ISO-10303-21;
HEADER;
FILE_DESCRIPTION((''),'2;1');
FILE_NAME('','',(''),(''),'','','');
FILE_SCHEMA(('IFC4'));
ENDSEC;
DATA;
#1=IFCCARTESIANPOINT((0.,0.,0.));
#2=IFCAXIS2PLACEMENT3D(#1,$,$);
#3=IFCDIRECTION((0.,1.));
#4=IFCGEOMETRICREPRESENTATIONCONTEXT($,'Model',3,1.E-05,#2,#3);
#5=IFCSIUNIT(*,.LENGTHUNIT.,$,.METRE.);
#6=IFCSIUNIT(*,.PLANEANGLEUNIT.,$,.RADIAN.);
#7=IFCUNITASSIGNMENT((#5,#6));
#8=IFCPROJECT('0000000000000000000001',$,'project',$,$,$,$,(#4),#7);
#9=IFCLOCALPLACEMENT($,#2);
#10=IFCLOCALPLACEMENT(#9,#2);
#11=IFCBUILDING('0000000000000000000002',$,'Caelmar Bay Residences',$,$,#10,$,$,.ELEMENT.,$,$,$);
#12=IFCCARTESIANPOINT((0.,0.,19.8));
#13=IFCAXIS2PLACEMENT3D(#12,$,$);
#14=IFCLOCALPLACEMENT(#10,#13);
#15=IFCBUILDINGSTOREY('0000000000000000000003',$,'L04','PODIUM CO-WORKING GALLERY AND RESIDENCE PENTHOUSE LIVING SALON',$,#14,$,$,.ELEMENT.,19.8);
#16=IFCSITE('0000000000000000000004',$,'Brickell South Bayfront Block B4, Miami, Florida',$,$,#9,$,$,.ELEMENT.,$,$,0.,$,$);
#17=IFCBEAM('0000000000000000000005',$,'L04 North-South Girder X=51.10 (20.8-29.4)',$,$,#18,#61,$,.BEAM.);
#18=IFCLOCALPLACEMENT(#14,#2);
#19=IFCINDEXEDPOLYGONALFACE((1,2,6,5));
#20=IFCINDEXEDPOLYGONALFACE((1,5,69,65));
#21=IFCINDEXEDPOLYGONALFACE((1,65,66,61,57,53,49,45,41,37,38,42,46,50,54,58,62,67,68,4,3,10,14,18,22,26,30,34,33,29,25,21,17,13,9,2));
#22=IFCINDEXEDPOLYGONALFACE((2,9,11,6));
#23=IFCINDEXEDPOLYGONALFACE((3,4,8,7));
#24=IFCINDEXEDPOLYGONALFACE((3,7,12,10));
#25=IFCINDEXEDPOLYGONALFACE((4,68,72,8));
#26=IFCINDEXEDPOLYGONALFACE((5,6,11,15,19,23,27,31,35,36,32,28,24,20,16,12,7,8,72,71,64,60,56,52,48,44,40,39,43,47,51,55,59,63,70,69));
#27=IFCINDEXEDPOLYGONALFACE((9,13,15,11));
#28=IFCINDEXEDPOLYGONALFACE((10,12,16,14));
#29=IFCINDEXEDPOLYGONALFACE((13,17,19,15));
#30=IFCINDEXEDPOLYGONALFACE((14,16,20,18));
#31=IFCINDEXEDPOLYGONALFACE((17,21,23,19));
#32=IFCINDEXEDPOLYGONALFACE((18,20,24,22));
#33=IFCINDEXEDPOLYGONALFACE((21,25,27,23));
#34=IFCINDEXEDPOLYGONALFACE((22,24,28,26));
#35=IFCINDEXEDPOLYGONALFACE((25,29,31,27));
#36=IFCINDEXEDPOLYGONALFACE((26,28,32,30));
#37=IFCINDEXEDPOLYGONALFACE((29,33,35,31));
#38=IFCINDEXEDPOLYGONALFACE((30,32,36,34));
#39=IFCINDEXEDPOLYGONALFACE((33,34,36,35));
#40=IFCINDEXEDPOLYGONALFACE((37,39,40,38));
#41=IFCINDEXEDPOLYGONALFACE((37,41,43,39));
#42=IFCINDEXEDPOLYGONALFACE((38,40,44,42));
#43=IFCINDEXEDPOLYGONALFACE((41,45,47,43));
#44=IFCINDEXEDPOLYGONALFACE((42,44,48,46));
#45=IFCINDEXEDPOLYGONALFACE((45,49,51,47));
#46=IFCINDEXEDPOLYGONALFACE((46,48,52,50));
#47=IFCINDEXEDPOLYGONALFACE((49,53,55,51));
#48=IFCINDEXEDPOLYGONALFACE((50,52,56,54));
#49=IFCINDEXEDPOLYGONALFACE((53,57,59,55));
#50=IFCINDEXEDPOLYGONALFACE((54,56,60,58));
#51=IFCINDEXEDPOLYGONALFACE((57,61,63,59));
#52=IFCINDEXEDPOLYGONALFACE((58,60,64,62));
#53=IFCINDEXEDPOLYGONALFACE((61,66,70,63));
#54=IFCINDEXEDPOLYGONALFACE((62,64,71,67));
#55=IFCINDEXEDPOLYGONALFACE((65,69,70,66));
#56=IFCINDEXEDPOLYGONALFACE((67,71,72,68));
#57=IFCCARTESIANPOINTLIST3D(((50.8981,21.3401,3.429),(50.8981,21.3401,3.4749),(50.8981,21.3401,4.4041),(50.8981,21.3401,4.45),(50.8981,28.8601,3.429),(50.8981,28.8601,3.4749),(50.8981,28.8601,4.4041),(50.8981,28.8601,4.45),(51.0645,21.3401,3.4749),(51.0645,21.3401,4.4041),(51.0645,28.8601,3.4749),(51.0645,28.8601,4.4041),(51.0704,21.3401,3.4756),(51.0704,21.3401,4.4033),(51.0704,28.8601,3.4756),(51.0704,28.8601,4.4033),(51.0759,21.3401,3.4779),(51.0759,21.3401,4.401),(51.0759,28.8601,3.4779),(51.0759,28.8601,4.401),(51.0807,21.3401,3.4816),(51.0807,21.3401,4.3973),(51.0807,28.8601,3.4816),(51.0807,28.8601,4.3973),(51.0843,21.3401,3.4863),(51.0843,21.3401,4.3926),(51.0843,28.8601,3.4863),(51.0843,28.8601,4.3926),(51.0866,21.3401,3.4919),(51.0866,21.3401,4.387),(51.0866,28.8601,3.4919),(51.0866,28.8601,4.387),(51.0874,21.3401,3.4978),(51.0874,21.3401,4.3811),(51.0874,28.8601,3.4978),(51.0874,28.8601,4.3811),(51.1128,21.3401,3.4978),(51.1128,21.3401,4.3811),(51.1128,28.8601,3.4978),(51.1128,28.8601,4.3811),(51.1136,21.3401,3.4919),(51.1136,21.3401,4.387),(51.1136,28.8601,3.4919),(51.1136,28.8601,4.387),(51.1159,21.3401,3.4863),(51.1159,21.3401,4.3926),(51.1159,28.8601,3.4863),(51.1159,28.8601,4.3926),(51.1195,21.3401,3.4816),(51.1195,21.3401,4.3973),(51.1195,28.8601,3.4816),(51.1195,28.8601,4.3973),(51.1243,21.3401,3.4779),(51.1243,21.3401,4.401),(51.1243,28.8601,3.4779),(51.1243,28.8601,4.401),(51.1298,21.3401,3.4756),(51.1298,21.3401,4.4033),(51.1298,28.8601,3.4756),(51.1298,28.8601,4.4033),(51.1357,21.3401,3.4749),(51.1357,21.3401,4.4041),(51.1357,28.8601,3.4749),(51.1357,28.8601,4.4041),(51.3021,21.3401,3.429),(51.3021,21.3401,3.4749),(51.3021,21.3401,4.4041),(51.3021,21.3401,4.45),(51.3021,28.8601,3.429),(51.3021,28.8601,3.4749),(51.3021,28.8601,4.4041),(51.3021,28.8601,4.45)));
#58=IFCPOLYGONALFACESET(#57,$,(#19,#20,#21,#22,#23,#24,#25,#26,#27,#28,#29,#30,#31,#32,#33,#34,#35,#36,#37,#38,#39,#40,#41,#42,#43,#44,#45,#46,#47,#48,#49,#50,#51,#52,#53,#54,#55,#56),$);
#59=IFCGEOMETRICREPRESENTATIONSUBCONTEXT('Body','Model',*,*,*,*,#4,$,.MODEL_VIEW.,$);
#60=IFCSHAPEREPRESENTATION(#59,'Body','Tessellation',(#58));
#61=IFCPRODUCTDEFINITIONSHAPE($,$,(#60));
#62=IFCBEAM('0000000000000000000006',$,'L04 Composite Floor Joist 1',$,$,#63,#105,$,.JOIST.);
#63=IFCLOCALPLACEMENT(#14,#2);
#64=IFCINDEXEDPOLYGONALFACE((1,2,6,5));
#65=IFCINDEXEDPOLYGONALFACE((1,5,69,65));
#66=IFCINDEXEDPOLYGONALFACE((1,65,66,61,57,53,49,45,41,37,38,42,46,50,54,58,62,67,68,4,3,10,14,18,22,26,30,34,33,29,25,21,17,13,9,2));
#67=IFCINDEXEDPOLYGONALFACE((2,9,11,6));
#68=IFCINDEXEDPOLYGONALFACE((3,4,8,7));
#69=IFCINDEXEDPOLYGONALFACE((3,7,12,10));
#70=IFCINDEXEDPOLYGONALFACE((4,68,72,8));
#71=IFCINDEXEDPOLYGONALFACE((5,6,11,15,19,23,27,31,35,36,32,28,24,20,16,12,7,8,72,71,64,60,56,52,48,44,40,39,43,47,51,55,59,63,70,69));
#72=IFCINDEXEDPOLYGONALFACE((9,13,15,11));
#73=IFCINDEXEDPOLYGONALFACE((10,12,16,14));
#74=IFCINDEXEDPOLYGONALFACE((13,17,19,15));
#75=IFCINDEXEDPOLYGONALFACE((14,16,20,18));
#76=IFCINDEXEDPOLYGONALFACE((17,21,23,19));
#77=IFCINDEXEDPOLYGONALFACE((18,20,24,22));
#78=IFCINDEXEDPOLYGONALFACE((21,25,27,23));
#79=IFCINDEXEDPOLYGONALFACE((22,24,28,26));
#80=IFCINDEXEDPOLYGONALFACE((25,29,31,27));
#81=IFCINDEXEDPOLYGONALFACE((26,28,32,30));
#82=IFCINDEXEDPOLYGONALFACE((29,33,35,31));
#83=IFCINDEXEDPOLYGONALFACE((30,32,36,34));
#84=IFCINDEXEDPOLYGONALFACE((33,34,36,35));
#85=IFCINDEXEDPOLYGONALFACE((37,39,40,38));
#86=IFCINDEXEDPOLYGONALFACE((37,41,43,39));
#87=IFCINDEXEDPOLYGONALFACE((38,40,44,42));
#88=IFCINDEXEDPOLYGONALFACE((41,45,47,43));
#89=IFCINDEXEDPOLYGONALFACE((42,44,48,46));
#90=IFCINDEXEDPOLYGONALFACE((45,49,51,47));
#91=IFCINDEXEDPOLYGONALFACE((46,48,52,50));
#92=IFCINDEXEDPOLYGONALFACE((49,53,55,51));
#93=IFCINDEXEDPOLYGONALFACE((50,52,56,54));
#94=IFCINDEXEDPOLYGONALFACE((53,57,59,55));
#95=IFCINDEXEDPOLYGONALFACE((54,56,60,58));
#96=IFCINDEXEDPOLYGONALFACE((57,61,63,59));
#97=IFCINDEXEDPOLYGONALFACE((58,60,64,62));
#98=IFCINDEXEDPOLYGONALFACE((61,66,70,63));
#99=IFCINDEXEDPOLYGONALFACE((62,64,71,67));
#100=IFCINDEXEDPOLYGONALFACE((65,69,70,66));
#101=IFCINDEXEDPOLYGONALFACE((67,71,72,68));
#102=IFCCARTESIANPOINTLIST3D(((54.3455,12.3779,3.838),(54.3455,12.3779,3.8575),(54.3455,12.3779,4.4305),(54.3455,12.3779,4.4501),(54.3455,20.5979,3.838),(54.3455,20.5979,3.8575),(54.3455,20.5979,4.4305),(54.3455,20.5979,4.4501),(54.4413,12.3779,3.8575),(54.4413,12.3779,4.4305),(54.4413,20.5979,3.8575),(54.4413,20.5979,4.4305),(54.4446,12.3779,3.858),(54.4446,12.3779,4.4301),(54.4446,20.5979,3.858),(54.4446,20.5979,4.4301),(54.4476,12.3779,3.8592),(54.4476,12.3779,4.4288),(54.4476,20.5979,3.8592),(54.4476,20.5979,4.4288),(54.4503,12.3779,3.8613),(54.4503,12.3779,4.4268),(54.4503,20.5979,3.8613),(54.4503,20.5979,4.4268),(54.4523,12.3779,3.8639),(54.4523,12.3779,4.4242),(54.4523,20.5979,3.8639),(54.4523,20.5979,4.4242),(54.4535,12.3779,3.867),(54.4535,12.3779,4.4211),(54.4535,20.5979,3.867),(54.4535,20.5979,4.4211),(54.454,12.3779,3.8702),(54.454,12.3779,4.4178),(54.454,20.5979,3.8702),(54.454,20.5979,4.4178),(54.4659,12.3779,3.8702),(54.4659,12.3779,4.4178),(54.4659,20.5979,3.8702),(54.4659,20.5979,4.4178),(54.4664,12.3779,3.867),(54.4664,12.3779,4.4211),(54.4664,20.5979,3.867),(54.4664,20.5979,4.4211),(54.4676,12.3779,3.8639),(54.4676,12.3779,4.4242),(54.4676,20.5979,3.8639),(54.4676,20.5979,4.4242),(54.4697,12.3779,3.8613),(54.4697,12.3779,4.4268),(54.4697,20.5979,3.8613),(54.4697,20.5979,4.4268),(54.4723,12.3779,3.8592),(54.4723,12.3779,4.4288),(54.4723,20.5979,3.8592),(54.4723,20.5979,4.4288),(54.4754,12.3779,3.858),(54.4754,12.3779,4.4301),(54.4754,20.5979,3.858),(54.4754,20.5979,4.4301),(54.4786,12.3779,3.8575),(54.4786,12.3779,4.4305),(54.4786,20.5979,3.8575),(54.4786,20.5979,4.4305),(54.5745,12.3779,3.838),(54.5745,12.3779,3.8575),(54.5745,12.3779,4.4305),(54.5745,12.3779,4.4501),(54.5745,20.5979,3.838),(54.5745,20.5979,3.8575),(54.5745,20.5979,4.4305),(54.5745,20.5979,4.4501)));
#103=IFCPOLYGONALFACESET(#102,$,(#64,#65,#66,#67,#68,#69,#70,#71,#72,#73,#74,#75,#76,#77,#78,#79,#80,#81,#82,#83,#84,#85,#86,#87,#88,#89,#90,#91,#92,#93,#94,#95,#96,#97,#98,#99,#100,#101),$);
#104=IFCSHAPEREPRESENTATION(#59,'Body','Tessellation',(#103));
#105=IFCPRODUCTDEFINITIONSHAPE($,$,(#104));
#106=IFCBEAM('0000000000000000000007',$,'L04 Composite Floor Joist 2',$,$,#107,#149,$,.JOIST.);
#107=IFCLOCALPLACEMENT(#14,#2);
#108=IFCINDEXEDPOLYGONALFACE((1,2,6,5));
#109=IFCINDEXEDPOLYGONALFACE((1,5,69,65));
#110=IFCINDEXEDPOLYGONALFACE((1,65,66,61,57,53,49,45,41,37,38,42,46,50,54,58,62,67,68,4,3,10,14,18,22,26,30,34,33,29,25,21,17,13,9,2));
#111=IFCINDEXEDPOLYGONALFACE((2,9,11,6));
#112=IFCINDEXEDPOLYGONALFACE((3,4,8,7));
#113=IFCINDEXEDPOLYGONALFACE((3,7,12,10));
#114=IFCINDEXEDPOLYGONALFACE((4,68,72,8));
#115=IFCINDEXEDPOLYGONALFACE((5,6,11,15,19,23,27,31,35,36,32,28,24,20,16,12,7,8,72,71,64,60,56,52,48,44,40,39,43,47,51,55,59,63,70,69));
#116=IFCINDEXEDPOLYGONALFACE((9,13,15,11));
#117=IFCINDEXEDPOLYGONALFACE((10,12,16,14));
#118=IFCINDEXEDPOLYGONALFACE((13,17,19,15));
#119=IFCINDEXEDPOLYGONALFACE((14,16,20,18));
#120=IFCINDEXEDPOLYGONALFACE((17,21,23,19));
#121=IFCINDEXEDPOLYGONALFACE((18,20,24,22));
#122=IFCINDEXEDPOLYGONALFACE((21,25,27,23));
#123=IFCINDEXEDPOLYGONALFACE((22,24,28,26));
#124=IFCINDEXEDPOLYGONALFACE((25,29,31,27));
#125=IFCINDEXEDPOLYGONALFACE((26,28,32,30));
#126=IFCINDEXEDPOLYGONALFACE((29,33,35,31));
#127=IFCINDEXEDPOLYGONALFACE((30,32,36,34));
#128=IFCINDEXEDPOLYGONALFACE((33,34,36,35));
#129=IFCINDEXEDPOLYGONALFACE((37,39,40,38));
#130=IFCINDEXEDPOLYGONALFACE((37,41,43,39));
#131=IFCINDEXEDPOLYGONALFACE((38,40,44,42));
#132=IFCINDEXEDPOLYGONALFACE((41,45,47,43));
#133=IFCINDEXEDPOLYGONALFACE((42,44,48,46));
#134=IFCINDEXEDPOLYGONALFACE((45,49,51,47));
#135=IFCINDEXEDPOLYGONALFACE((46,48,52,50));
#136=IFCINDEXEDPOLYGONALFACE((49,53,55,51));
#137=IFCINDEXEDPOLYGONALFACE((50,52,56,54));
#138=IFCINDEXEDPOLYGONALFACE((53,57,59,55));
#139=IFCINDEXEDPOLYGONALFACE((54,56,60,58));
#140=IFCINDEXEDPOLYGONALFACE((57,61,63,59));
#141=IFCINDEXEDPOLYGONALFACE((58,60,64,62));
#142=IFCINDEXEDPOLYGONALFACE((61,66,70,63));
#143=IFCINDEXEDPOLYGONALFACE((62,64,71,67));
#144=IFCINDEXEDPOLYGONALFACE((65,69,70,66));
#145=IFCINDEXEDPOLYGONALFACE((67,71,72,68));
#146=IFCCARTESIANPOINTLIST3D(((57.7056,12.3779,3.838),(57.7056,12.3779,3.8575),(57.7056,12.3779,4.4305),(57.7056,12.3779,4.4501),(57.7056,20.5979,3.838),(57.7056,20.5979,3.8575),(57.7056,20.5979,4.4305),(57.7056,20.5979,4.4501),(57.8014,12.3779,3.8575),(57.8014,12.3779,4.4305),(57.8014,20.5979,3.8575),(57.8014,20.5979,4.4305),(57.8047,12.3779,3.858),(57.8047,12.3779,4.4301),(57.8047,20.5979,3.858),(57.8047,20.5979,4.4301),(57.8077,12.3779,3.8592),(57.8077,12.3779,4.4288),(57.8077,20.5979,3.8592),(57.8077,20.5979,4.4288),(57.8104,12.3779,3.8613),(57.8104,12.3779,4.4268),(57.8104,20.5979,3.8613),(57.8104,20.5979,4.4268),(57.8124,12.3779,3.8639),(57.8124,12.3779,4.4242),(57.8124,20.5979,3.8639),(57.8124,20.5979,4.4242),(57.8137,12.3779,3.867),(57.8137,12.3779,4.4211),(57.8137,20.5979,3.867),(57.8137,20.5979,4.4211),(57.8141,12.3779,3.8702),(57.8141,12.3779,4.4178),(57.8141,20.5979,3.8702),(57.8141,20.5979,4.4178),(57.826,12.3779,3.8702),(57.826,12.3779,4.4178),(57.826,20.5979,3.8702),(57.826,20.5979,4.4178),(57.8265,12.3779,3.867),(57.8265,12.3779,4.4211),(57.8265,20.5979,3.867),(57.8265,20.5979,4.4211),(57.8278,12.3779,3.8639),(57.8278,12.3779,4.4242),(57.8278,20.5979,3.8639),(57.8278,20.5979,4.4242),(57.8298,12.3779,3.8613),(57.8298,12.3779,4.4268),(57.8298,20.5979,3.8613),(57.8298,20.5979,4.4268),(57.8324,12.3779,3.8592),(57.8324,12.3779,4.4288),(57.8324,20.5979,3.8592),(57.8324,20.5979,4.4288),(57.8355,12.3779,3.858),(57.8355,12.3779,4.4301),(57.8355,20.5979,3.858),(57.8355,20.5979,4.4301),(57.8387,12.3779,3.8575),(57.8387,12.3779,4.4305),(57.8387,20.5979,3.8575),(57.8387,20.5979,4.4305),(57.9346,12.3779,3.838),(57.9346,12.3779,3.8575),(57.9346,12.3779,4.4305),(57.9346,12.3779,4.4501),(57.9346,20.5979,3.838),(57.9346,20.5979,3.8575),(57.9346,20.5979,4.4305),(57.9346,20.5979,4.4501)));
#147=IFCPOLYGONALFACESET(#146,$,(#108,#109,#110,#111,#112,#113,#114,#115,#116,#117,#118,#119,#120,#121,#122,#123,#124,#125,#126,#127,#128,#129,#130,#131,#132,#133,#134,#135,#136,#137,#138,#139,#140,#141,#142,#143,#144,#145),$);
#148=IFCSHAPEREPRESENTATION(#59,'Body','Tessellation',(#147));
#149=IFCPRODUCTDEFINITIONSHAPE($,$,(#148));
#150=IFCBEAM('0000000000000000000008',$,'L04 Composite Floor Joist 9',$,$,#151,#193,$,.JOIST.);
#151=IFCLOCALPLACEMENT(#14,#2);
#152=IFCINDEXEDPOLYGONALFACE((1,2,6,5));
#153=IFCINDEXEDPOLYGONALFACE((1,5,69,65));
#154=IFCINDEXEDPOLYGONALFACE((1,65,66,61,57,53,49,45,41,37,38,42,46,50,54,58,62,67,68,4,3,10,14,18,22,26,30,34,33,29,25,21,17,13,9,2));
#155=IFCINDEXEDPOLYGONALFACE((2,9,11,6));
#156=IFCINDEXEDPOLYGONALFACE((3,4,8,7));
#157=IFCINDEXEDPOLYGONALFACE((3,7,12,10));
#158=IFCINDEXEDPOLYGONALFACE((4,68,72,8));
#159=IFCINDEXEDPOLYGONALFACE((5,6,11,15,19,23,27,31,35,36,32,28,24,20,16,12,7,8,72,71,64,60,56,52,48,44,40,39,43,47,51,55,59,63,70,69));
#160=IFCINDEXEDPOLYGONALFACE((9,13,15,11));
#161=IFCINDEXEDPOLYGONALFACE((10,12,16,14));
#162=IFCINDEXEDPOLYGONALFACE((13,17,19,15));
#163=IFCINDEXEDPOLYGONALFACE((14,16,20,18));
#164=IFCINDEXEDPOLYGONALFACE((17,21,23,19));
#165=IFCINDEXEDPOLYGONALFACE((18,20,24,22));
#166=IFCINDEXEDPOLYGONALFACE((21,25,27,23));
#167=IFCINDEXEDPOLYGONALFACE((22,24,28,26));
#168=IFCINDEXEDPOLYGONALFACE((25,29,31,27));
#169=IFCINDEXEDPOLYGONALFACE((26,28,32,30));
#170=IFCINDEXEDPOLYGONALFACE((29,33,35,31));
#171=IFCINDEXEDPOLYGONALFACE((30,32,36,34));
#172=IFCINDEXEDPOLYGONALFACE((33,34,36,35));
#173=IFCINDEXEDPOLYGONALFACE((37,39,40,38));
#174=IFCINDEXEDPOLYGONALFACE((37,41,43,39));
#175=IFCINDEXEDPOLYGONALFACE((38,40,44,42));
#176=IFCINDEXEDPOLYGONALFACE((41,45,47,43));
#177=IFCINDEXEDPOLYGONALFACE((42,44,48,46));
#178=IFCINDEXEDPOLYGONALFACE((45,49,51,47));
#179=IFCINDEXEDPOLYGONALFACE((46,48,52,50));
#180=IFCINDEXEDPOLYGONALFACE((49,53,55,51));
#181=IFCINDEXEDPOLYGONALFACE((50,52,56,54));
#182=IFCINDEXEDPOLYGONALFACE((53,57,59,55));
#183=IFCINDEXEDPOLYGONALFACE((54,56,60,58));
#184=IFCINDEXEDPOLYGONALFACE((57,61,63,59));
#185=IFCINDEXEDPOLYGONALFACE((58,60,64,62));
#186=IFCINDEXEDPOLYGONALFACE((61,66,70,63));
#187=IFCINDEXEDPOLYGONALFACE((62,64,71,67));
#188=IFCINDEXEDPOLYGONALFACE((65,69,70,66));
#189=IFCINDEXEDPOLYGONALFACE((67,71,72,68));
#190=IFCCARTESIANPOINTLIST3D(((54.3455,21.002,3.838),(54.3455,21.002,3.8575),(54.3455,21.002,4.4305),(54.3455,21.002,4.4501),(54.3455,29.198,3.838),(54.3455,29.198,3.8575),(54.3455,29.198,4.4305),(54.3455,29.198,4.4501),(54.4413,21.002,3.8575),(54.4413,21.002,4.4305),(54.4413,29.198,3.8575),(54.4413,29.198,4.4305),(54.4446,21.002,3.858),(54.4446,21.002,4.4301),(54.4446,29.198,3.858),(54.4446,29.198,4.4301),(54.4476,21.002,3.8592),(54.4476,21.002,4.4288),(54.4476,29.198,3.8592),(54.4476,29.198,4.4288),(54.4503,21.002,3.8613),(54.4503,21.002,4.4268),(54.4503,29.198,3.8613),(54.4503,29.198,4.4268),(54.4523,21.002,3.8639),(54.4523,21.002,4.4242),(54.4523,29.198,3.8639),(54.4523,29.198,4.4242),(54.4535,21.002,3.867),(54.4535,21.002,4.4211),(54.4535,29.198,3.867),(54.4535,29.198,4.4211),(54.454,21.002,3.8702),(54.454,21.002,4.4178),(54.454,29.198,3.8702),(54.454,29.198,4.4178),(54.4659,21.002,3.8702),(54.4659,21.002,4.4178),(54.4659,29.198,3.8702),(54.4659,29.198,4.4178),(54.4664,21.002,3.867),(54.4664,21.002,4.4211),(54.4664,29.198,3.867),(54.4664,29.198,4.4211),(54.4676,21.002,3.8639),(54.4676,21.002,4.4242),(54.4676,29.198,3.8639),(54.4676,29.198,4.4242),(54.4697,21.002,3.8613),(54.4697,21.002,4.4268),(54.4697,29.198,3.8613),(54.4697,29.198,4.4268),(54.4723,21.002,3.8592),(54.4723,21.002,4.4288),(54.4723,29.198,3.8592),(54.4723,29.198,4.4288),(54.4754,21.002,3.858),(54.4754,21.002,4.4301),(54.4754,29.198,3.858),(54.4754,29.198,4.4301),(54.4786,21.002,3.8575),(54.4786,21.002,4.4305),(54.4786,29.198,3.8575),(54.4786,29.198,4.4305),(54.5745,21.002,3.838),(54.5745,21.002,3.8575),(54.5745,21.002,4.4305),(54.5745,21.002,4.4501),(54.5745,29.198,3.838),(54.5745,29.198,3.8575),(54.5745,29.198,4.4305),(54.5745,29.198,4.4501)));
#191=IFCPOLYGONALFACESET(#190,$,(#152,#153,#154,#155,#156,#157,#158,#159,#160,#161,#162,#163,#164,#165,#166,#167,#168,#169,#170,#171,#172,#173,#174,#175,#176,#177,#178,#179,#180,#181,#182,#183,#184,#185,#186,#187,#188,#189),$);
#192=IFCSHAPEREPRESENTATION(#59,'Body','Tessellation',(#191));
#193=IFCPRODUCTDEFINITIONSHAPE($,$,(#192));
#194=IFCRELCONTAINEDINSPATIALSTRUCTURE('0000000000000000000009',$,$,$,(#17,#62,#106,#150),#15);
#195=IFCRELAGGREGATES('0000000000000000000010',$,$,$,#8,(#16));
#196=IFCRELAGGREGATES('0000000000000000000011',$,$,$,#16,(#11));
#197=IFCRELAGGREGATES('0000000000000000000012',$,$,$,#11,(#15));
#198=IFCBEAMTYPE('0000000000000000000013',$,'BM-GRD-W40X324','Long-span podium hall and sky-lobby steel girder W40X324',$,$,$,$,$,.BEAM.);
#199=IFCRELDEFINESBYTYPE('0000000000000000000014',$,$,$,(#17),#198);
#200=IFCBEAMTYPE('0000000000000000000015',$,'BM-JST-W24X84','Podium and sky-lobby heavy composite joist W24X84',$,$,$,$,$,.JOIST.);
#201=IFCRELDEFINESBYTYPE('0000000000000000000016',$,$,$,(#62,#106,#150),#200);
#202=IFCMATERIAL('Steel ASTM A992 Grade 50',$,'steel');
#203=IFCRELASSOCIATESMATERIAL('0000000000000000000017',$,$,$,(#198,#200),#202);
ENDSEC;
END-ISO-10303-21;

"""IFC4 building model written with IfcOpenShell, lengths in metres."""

from ifc_helpers import new_model, si_unit, direction, frame, origin, origin_2d, place, context, subcontext, project, spatial, i_section, extrude, material, material_profile, profile_set, type_object, element, save


model = new_model("IFC4")

# Units and contexts
model_context = context("Model", 3, precision=1e-05, world=origin(), true_north=direction((0.0, 1.0)))
body_context = subcontext(model_context, "Body", "Model", "MODEL_VIEW")
ifc_project = project(units=[si_unit("LENGTHUNIT", "METRE"), si_unit("PLANEANGLEUNIT", "RADIAN")], contexts=[model_context])

# Site, building, storey
site_placement = place(None, origin())
site = spatial("IfcSite", under=ifc_project, at=site_placement, Name="Brickell South Bayfront Block B4, Miami, Florida", CompositionType="ELEMENT", RefElevation=0.0)
building_placement = place(site_placement, origin())
building = spatial("IfcBuilding", under=site, at=building_placement, Name="Caelmar Bay Residences", CompositionType="ELEMENT")
storey_placement = place(building_placement, frame((0.0, 0.0, 19.8)))
storey = spatial("IfcBuildingStorey", under=building, at=storey_placement, Name="L04", Description="PODIUM CO-WORKING GALLERY AND RESIDENCE PENTHOUSE LIVING SALON", CompositionType="ELEMENT", Elevation=19.8)

# Beams
ifc_material_1 = material(Name="Steel ASTM A992 Grade 50", Category="steel")
ifc_material_profile_1 = material_profile(ifc_material_1, i_section(OverallWidth=0.4041, OverallDepth=1.021, WebThickness=0.0254, FlangeThickness=0.0459, FilletRadius=0.0229, at=origin_2d()), Name="W40X324")
ifc_profile_set_1 = profile_set([ifc_material_profile_1], Name="Steel ASTM A992 Grade 50")
beam_type_1 = type_object("IfcBeamType", Name="BM-GRD-W40X324", Description="Long-span podium hall and sky-lobby steel girder W40X324", PredefinedType="BEAM", material=ifc_profile_set_1)
for number, where, z_axis, x_axis, name in (
    (1, (51.1001, 21.3401, 3.9395), (0.0, 1.0, 0.0), (-1.0, 0.0, 0.0), "L04 North-South Girder X=51.10 (20.8-29.4)"),
):
    element("IfcBeam", number, at=place(storey_placement, frame(where, z_axis=z_axis, x_axis=x_axis)), inside=storey, type_object=beam_type_1, Name=name, PredefinedType="BEAM", context=body_context, shape_type="SweptSolid", body=[
        extrude(i_section(OverallWidth=0.4041, OverallDepth=1.021, WebThickness=0.0254, FlangeThickness=0.0459, FilletRadius=0.0229, at=origin_2d()), origin(), (0.0, 0.0, 1.0), 7.52),
    ])
ifc_material_profile_2 = material_profile(ifc_material_1, i_section(OverallWidth=0.229, OverallDepth=0.6121, WebThickness=0.012, FlangeThickness=0.0195, FilletRadius=0.0127, at=origin_2d()), Name="W24X84")
ifc_profile_set_2 = profile_set([ifc_material_profile_2], Name="Steel ASTM A992 Grade 50")
beam_type_2 = type_object("IfcBeamType", Name="BM-JST-W24X84", Description="Podium and sky-lobby heavy composite joist W24X84", PredefinedType="JOIST", material=ifc_profile_set_2)
for number, where, z_axis, x_axis, name in (
    (2, (54.46, 12.3779, 4.144), (0.0, 1.0, 0.0), (-1.0, 0.0, 0.0), "L04 Composite Floor Joist 1"),
    (3, (57.8201, 12.3779, 4.144), (0.0, 1.0, 0.0), (-1.0, 0.0, 0.0), "L04 Composite Floor Joist 2"),
):
    element("IfcBeam", number, at=place(storey_placement, frame(where, z_axis=z_axis, x_axis=x_axis)), inside=storey, type_object=beam_type_2, Name=name, PredefinedType="JOIST", context=body_context, shape_type="SweptSolid", body=[
        extrude(i_section(OverallWidth=0.229, OverallDepth=0.6121, WebThickness=0.012, FlangeThickness=0.0195, FilletRadius=0.0127, at=origin_2d()), origin(), (0.0, 0.0, 1.0), 8.22),
    ])
for number, where, z_axis, x_axis, name in (
    (4, (54.46, 21.002, 4.144), (0.0, 1.0, 0.0), (-1.0, 0.0, 0.0), "L04 Composite Floor Joist 9"),
):
    element("IfcBeam", number, at=place(storey_placement, frame(where, z_axis=z_axis, x_axis=x_axis)), inside=storey, type_object=beam_type_2, Name=name, PredefinedType="JOIST", context=body_context, shape_type="SweptSolid", body=[
        extrude(i_section(OverallWidth=0.229, OverallDepth=0.6121, WebThickness=0.012, FlangeThickness=0.0195, FilletRadius=0.0127, at=origin_2d()), origin(), (0.0, 0.0, 1.0), 8.196),
    ])

save(model, "model.ifc")
